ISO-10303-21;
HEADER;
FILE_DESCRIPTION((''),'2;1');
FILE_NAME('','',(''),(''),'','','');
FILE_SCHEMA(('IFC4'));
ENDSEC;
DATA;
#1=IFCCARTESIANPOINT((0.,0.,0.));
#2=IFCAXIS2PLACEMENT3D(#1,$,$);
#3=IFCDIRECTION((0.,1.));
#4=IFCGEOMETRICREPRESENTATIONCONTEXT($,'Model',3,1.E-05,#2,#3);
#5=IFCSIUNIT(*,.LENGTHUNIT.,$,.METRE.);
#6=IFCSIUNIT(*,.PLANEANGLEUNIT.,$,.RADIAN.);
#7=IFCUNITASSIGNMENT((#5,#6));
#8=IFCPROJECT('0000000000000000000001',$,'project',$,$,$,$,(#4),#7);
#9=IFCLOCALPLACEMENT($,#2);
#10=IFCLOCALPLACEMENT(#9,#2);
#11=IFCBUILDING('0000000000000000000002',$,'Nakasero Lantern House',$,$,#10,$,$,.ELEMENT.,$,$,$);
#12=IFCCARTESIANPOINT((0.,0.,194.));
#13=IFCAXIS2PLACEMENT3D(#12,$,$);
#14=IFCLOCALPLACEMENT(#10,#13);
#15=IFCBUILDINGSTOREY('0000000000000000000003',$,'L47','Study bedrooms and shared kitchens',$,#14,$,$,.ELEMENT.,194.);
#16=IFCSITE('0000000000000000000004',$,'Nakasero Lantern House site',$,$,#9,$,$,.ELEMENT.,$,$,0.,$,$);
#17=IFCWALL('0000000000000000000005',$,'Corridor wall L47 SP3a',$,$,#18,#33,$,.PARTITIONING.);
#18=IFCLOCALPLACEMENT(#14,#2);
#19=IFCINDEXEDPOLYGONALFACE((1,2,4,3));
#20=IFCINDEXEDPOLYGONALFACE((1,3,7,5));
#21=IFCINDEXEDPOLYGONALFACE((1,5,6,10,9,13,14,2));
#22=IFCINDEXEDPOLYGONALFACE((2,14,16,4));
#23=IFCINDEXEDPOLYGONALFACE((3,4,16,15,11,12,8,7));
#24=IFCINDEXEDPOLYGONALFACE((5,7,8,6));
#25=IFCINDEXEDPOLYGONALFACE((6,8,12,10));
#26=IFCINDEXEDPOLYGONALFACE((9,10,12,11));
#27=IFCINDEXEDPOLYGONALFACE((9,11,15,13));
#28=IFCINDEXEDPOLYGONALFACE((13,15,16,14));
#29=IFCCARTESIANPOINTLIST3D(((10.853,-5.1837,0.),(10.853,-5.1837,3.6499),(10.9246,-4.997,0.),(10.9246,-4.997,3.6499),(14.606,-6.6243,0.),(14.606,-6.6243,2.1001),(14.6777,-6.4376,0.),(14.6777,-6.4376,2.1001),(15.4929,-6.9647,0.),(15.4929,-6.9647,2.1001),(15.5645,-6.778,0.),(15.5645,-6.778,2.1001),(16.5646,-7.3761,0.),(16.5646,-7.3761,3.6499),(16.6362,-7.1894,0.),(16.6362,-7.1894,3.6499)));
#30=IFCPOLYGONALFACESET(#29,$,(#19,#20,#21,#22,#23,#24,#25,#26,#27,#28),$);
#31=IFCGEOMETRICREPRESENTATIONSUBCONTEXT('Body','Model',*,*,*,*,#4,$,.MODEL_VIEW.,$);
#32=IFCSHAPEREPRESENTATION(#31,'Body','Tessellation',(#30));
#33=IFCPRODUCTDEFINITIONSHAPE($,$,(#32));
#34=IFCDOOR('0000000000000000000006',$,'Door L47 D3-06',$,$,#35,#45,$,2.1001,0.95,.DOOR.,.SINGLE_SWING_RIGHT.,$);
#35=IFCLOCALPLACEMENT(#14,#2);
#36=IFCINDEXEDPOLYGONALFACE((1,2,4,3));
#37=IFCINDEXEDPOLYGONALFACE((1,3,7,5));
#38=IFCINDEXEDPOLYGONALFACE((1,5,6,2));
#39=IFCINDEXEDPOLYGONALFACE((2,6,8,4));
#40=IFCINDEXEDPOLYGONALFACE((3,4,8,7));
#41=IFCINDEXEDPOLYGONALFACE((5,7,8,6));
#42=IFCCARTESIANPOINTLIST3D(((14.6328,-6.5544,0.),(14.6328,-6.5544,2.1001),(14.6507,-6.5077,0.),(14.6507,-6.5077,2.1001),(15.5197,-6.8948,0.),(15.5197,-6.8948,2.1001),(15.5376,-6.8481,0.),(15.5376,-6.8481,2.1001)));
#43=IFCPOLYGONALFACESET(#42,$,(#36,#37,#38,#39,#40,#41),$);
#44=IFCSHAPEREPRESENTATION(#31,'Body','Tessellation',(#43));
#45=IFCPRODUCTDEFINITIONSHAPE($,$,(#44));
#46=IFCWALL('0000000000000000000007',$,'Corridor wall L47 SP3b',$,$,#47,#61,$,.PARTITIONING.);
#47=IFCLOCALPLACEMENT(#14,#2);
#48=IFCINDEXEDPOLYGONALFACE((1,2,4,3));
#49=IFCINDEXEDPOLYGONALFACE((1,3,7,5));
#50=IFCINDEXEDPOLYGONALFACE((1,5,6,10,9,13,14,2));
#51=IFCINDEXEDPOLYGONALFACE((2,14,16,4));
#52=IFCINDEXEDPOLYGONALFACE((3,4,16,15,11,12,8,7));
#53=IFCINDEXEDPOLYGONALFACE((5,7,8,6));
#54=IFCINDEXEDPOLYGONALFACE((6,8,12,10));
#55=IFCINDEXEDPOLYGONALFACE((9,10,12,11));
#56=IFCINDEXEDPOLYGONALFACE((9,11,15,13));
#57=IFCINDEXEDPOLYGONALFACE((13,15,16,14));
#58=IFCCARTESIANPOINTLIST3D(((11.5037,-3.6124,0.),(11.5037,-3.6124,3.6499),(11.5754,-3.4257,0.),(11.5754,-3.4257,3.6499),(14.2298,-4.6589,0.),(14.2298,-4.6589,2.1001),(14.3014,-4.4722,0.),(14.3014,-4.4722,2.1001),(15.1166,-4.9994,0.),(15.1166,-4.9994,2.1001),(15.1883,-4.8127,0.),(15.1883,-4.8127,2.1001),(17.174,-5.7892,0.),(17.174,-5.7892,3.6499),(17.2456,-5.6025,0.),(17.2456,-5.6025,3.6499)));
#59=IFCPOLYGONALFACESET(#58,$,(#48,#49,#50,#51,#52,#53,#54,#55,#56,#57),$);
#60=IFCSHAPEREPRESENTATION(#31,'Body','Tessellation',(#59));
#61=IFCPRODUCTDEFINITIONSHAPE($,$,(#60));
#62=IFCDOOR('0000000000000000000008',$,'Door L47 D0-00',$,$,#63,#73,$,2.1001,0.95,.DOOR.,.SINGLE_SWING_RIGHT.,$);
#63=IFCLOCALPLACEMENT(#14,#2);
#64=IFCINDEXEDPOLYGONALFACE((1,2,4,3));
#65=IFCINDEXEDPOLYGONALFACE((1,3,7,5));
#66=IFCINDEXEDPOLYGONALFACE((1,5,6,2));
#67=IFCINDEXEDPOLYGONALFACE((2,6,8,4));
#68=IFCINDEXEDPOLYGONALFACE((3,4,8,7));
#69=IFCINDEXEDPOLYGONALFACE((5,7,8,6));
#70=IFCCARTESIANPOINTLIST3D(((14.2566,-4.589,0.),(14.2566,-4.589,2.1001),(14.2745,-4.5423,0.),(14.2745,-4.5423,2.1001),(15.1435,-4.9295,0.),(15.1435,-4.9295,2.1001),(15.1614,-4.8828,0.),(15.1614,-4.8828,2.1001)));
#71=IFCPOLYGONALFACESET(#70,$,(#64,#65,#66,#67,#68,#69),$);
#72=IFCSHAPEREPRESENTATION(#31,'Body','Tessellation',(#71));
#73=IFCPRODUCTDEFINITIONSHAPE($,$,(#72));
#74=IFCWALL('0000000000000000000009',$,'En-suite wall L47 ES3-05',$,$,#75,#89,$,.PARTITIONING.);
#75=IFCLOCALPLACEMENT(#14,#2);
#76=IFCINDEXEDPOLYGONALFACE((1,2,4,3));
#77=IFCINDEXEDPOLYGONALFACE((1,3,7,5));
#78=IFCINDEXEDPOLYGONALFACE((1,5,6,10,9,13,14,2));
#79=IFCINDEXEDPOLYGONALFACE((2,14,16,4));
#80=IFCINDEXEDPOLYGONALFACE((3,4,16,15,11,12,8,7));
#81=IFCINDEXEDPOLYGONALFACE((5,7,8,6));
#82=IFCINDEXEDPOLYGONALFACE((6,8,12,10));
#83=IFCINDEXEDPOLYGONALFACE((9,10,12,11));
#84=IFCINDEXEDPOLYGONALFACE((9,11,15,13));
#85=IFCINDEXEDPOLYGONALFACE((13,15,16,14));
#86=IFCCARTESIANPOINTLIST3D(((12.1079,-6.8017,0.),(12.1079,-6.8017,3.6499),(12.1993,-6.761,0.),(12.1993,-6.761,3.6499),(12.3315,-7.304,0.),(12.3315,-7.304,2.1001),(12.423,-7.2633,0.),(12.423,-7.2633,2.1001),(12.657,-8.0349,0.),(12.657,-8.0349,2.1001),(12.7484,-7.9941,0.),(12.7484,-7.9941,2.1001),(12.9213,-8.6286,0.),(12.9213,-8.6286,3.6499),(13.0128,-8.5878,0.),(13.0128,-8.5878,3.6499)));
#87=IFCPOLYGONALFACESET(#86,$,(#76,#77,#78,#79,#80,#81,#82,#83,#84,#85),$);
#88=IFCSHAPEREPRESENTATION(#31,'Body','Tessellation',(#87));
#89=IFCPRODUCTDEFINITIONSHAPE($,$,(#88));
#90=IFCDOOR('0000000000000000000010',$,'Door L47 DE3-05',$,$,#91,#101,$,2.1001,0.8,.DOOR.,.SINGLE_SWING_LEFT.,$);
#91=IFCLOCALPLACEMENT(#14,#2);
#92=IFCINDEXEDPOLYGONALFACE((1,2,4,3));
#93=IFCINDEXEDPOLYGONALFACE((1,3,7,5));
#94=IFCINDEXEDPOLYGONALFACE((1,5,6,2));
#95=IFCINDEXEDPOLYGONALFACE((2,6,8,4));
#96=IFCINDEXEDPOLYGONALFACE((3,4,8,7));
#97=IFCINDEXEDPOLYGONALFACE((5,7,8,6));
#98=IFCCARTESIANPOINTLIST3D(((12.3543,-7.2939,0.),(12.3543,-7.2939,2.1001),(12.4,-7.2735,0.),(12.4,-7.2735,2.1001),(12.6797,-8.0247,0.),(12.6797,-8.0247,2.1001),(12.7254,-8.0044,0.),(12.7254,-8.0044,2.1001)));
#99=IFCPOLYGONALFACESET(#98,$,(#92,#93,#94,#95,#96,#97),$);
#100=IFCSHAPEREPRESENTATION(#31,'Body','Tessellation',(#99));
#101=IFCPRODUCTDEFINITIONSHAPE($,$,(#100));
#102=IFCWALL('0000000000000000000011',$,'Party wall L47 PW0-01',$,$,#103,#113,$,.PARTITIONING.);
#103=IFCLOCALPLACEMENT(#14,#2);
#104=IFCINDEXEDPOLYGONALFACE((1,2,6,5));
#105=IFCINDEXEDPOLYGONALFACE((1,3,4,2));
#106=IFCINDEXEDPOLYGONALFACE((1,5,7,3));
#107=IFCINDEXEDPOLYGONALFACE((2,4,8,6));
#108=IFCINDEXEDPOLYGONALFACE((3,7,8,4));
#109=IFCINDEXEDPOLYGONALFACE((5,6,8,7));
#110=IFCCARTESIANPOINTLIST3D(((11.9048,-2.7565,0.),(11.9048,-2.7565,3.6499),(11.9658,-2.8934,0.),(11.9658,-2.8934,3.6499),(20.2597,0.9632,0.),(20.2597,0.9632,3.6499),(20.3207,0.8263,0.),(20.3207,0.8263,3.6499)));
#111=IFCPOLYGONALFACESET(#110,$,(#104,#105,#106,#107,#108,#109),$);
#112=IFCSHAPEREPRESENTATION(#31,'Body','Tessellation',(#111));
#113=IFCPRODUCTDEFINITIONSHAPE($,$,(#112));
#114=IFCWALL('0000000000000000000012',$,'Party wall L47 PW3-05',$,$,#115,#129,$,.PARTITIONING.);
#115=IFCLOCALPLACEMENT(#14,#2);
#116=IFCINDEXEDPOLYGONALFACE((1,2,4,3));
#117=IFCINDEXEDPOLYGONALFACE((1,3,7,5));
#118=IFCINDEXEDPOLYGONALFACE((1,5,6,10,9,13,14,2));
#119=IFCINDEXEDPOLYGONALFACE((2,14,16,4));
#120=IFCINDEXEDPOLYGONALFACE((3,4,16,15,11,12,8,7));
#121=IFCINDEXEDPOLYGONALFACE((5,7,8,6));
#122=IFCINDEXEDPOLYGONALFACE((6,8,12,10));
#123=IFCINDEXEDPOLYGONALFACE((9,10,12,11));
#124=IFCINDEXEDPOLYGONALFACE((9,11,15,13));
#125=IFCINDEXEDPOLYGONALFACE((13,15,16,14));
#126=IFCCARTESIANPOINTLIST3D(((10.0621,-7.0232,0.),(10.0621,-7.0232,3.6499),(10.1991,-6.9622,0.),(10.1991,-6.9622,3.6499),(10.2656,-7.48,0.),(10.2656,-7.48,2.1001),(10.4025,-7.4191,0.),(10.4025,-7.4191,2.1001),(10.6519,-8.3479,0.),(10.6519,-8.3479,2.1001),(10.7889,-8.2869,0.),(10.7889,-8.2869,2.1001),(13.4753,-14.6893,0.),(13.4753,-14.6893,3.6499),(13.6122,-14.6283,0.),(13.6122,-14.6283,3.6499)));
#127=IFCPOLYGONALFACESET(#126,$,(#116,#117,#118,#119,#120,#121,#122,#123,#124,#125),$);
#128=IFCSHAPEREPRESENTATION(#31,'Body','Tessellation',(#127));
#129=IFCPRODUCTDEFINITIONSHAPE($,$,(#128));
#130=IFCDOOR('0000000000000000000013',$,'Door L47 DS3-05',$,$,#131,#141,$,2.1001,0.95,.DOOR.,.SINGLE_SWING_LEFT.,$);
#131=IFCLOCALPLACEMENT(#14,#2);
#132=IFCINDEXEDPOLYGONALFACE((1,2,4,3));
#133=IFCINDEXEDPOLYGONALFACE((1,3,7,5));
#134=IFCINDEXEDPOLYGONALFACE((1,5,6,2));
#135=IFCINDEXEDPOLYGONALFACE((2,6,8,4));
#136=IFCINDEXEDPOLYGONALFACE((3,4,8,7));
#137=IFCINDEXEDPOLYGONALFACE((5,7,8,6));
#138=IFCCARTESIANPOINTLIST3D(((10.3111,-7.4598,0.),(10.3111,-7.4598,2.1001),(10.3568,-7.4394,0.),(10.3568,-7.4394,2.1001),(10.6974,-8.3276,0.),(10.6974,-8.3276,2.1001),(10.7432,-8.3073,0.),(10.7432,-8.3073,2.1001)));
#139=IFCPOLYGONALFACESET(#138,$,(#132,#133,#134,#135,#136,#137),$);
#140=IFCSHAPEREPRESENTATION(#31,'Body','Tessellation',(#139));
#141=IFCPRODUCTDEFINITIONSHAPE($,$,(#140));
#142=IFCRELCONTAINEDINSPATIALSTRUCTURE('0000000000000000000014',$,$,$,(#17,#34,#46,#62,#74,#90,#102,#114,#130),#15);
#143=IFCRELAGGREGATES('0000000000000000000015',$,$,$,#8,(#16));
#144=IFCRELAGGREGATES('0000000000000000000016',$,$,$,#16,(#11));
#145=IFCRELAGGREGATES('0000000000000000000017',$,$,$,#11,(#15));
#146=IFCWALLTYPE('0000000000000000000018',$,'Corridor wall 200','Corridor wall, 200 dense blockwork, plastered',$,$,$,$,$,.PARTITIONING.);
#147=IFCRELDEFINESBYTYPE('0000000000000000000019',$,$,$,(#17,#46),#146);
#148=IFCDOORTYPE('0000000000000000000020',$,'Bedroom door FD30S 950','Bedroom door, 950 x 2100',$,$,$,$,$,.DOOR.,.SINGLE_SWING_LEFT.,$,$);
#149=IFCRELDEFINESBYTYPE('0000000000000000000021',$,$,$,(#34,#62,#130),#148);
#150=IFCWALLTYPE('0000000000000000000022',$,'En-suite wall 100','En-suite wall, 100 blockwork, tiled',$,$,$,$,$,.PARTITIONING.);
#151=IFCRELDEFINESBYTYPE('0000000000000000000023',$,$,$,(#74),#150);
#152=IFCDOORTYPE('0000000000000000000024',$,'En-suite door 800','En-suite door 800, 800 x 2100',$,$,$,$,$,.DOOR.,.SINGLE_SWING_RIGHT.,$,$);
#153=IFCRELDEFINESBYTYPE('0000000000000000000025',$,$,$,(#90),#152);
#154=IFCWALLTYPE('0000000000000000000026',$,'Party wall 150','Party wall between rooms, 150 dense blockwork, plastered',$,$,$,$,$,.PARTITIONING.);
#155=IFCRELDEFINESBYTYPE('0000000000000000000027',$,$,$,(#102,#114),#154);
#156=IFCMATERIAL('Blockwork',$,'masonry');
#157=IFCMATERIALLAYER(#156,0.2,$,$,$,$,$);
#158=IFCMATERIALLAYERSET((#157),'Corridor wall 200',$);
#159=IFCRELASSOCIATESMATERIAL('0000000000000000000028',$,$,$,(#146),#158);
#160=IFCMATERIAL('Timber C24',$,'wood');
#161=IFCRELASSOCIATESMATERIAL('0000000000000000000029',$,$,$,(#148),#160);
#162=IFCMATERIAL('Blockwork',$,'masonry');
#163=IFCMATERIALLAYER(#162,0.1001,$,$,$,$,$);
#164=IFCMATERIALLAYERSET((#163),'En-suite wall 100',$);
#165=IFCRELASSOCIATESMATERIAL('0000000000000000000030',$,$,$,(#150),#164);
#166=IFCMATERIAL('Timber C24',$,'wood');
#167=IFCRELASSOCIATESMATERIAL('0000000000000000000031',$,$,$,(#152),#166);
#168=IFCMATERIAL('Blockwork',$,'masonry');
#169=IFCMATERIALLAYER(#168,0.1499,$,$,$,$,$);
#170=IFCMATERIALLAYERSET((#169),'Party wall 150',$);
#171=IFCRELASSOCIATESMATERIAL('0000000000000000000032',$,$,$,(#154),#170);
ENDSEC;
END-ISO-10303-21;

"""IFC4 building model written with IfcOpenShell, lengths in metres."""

from ifc_helpers import new_model, si_unit, direction, frame, frame_2d, origin, place, context, subcontext, project, spatial, rectangle, extrude, material, layer, layer_set, type_object, element, fill, save


model = new_model("IFC4")

# Units and contexts
model_context = context("Model", 3, precision=1e-05, world=origin(), true_north=direction((0.0, 1.0)))
body_context = subcontext(model_context, "Body", "Model", "MODEL_VIEW")
ifc_project = project(units=[si_unit("LENGTHUNIT", "METRE"), si_unit("PLANEANGLEUNIT", "RADIAN")], contexts=[model_context])

# Site, building, storey
site_placement = place(None, origin())
site = spatial("IfcSite", under=ifc_project, at=site_placement, Name="Nakasero Lantern House site", CompositionType="ELEMENT", RefElevation=0.0)
building_placement = place(site_placement, origin())
building = spatial("IfcBuilding", under=site, at=building_placement, Name="Nakasero Lantern House", CompositionType="ELEMENT")
storey_placement = place(building_placement, frame((0.0, 0.0, 194.0)))
storey = spatial("IfcBuildingStorey", under=building, at=storey_placement, Name="L47", Description="Study bedrooms and shared kitchens", CompositionType="ELEMENT", Elevation=194.0)

# Shared definitions
ifc_material_1 = material(Name="Blockwork", Category="masonry")
ifc_layer_1 = layer(ifc_material_1, 0.2)
ifc_layer_set_1 = layer_set([ifc_layer_1], Name="Corridor wall 200")
wall_type_1 = type_object("IfcWallType", Name="Corridor wall 200", Description="Corridor wall, 200 dense blockwork, plastered", PredefinedType="PARTITIONING", material=ifc_layer_set_1)

# Walls, openings, doors
wall_1_placement = place(storey_placement, frame((10.8887, -5.0903, 0.0), z_axis=(0.0, 0.0, 1.0), x_axis=(0.933587, -0.358351, 0.0)))
wall_1 = element("IfcWall", 1, at=wall_1_placement, inside=storey, type_object=wall_type_1, Name="Corridor wall L47 SP3a", PredefinedType="PARTITIONING", context=body_context, shape_type="SweptSolid", body=[
    extrude(rectangle(XDim=6.1179, YDim=0.2, at=frame_2d((3.0591, 0.0))), origin(), (0.0, 0.0, 1.0), 3.6499),
])
opening_1_placement = place(wall_1_placement, frame((4.02, 0.0, 0.0)))
opening_1 = element("IfcOpeningElement", 2, at=opening_1_placement, cuts=wall_1, PredefinedType="OPENING", context=body_context, shape_type="SweptSolid", body=[
    extrude(rectangle(XDim=0.95, YDim=2.1001, at=frame_2d((0.4751, 1.05))), frame((0.0, 0.1199, 0.0), z_axis=(0.0, -1.0, 0.0), x_axis=(1.0, 0.0, 0.0)), (0.0, 0.0, 1.0), 0.24),
])
ifc_material_2 = material(Name="Timber C24", Category="wood")
door_type_1 = type_object("IfcDoorType", Name="Bedroom door FD30S 950", Description="Bedroom door, 950 x 2100", OperationType="SINGLE_SWING_LEFT", PredefinedType="DOOR", material=ifc_material_2)
door_1_placement = place(opening_1_placement, origin())
door_1 = element("IfcDoor", 3, at=door_1_placement, inside=storey, type_object=door_type_1, Name="Door L47 D3-06", OperationType="SINGLE_SWING_RIGHT", OverallHeight=2.1001, OverallWidth=0.95, PredefinedType="DOOR", context=body_context, shape_type="SweptSolid", body=[
    extrude(rectangle(XDim=0.95, YDim=2.1001, at=frame_2d((0.4751, 1.05))), frame((0.0, 0.0249, 0.0), z_axis=(0.0, -1.0, 0.0), x_axis=(1.0, 0.0, 0.0)), (0.0, 0.0, 1.0), 0.05),
])
fill(opening_1, door_1)
wall_2_placement = place(storey_placement, frame((11.5396, -3.519, 0.0), z_axis=(0.0, 0.0, 1.0), x_axis=(0.93357, -0.358394, 0.0)))
wall_2 = element("IfcWall", 4, at=wall_2_placement, inside=storey, type_object=wall_type_1, Name="Corridor wall L47 SP3b", PredefinedType="PARTITIONING", context=body_context, shape_type="SweptSolid", body=[
    extrude(rectangle(XDim=6.0737, YDim=0.2, at=frame_2d((3.0369, 0.0))), origin(), (0.0, 0.0, 1.0), 3.6499),
])
opening_2_placement = place(wall_2_placement, frame((2.9199, 0.0, 0.0)))
opening_2 = element("IfcOpeningElement", 5, at=opening_2_placement, cuts=wall_2, PredefinedType="OPENING", context=body_context, shape_type="SweptSolid", body=[
    extrude(rectangle(XDim=0.95, YDim=2.1001, at=frame_2d((0.4751, 1.05))), frame((0.0, 0.1199, 0.0), z_axis=(0.0, -1.0, 0.0), x_axis=(1.0, 0.0, 0.0)), (0.0, 0.0, 1.0), 0.24),
])
door_2_placement = place(opening_2_placement, origin())
door_2 = element("IfcDoor", 6, at=door_2_placement, inside=storey, type_object=door_type_1, Name="Door L47 D0-00", OperationType="SINGLE_SWING_RIGHT", OverallHeight=2.1001, OverallWidth=0.95, PredefinedType="DOOR", context=body_context, shape_type="SweptSolid", body=[
    extrude(rectangle(XDim=0.95, YDim=2.1001, at=frame_2d((0.4751, 1.05))), frame((0.0, 0.0249, 0.0), z_axis=(0.0, -1.0, 0.0), x_axis=(1.0, 0.0, 0.0)), (0.0, 0.0, 1.0), 0.05),
])
fill(opening_2, door_2)
ifc_material_3 = material(Name="Blockwork", Category="masonry")
ifc_layer_2 = layer(ifc_material_3, 0.1001)
ifc_layer_set_2 = layer_set([ifc_layer_2], Name="En-suite wall 100")
wall_type_2 = type_object("IfcWallType", Name="En-suite wall 100", Description="En-suite wall, 100 blockwork, tiled", PredefinedType="PARTITIONING", material=ifc_layer_set_2)
wall_3_placement = place(storey_placement, frame((12.1536, -6.7812, 0.0), z_axis=(0.0, 0.0, 1.0), x_axis=(0.406773, -0.913529, 0.0)))
wall_3 = element("IfcWall", 7, at=wall_3_placement, inside=storey, type_object=wall_type_2, Name="En-suite wall L47 ES3-05", PredefinedType="PARTITIONING", context=body_context, shape_type="SweptSolid", body=[
    extrude(rectangle(XDim=1.9998, YDim=0.1001, at=frame_2d((1.0, 0.0))), origin(), (0.0, 0.0, 1.0), 3.6499),
])
opening_3_placement = place(wall_3_placement, frame((0.55, 0.0, 0.0)))
opening_3 = element("IfcOpeningElement", 8, at=opening_3_placement, cuts=wall_3, PredefinedType="OPENING", context=body_context, shape_type="SweptSolid", body=[
    extrude(rectangle(XDim=0.8, YDim=2.1001, at=frame_2d((0.3999, 1.05))), frame((0.0, 0.0701, 0.0), z_axis=(0.0, -1.0, 0.0), x_axis=(1.0, 0.0, 0.0)), (0.0, 0.0, 1.0), 0.1401),
])
ifc_material_4 = material(Name="Timber C24", Category="wood")
door_type_2 = type_object("IfcDoorType", Name="En-suite door 800", Description="En-suite door 800, 800 x 2100", OperationType="SINGLE_SWING_RIGHT", PredefinedType="DOOR", material=ifc_material_4)
door_3_placement = place(opening_3_placement, origin())
door_3 = element("IfcDoor", 9, at=door_3_placement, inside=storey, type_object=door_type_2, Name="Door L47 DE3-05", OperationType="SINGLE_SWING_LEFT", OverallHeight=2.1001, OverallWidth=0.8, PredefinedType="DOOR", context=body_context, shape_type="SweptSolid", body=[
    extrude(rectangle(XDim=0.8, YDim=2.1001, at=frame_2d((0.3999, 1.05))), frame((0.0, 0.0249, 0.0), z_axis=(0.0, -1.0, 0.0), x_axis=(1.0, 0.0, 0.0)), (0.0, 0.0, 1.0), 0.05),
])
fill(opening_3, door_3)

# Wall
ifc_material_5 = material(Name="Blockwork", Category="masonry")
ifc_layer_3 = layer(ifc_material_5, 0.1499)
ifc_layer_set_3 = layer_set([ifc_layer_3], Name="Party wall 150")
wall_type_3 = type_object("IfcWallType", Name="Party wall 150", Description="Party wall between rooms, 150 dense blockwork, plastered", PredefinedType="PARTITIONING", material=ifc_layer_set_3)
wall_4_placement = place(storey_placement, frame((11.9353, -2.825, 0.0), z_axis=(0.0, 0.0, 1.0), x_axis=(0.913552, 0.406723, 0.0)))
element("IfcWall", 10, at=wall_4_placement, inside=storey, type_object=wall_type_3, Name="Party wall L47 PW0-01", PredefinedType="PARTITIONING", context=body_context, shape_type="SweptSolid", body=[
    extrude(rectangle(XDim=9.1455, YDim=0.1499, at=frame_2d((4.5728, 0.0))), origin(), (0.0, 0.0, 1.0), 3.6499),
])

# Wall, opening, door
wall_5_placement = place(storey_placement, frame((10.1306, -6.9927, 0.0), z_axis=(0.0, 0.0, 1.0), x_axis=(0.406732, -0.913547, 0.0)))
wall_5 = element("IfcWall", 11, at=wall_5_placement, inside=storey, type_object=wall_type_3, Name="Party wall L47 PW3-05", PredefinedType="PARTITIONING", context=body_context, shape_type="SweptSolid", body=[
    extrude(rectangle(XDim=8.3916, YDim=0.1499, at=frame_2d((4.1958, 0.0))), origin(), (0.0, 0.0, 1.0), 3.6499),
])
opening_4_placement = place(wall_5_placement, frame((0.5, 0.0, 0.0)))
opening_4 = element("IfcOpeningElement", 12, at=opening_4_placement, cuts=wall_5, PredefinedType="OPENING", context=body_context, shape_type="SweptSolid", body=[
    extrude(rectangle(XDim=0.95, YDim=2.1001, at=frame_2d((0.4751, 1.05))), frame((0.0, 0.095, 0.0), z_axis=(0.0, -1.0, 0.0), x_axis=(1.0, 0.0, 0.0)), (0.0, 0.0, 1.0), 0.1899),
])
door_4_placement = place(opening_4_placement, origin())
door_4 = element("IfcDoor", 13, at=door_4_placement, inside=storey, type_object=door_type_1, Name="Door L47 DS3-05", OperationType="SINGLE_SWING_LEFT", OverallHeight=2.1001, OverallWidth=0.95, PredefinedType="DOOR", context=body_context, shape_type="SweptSolid", body=[
    extrude(rectangle(XDim=0.95, YDim=2.1001, at=frame_2d((0.4751, 1.05))), frame((0.0, 0.0249, 0.0), z_axis=(0.0, -1.0, 0.0), x_axis=(1.0, 0.0, 0.0)), (0.0, 0.0, 1.0), 0.05),
])
fill(opening_4, door_4)

save(model, "model.ifc")
